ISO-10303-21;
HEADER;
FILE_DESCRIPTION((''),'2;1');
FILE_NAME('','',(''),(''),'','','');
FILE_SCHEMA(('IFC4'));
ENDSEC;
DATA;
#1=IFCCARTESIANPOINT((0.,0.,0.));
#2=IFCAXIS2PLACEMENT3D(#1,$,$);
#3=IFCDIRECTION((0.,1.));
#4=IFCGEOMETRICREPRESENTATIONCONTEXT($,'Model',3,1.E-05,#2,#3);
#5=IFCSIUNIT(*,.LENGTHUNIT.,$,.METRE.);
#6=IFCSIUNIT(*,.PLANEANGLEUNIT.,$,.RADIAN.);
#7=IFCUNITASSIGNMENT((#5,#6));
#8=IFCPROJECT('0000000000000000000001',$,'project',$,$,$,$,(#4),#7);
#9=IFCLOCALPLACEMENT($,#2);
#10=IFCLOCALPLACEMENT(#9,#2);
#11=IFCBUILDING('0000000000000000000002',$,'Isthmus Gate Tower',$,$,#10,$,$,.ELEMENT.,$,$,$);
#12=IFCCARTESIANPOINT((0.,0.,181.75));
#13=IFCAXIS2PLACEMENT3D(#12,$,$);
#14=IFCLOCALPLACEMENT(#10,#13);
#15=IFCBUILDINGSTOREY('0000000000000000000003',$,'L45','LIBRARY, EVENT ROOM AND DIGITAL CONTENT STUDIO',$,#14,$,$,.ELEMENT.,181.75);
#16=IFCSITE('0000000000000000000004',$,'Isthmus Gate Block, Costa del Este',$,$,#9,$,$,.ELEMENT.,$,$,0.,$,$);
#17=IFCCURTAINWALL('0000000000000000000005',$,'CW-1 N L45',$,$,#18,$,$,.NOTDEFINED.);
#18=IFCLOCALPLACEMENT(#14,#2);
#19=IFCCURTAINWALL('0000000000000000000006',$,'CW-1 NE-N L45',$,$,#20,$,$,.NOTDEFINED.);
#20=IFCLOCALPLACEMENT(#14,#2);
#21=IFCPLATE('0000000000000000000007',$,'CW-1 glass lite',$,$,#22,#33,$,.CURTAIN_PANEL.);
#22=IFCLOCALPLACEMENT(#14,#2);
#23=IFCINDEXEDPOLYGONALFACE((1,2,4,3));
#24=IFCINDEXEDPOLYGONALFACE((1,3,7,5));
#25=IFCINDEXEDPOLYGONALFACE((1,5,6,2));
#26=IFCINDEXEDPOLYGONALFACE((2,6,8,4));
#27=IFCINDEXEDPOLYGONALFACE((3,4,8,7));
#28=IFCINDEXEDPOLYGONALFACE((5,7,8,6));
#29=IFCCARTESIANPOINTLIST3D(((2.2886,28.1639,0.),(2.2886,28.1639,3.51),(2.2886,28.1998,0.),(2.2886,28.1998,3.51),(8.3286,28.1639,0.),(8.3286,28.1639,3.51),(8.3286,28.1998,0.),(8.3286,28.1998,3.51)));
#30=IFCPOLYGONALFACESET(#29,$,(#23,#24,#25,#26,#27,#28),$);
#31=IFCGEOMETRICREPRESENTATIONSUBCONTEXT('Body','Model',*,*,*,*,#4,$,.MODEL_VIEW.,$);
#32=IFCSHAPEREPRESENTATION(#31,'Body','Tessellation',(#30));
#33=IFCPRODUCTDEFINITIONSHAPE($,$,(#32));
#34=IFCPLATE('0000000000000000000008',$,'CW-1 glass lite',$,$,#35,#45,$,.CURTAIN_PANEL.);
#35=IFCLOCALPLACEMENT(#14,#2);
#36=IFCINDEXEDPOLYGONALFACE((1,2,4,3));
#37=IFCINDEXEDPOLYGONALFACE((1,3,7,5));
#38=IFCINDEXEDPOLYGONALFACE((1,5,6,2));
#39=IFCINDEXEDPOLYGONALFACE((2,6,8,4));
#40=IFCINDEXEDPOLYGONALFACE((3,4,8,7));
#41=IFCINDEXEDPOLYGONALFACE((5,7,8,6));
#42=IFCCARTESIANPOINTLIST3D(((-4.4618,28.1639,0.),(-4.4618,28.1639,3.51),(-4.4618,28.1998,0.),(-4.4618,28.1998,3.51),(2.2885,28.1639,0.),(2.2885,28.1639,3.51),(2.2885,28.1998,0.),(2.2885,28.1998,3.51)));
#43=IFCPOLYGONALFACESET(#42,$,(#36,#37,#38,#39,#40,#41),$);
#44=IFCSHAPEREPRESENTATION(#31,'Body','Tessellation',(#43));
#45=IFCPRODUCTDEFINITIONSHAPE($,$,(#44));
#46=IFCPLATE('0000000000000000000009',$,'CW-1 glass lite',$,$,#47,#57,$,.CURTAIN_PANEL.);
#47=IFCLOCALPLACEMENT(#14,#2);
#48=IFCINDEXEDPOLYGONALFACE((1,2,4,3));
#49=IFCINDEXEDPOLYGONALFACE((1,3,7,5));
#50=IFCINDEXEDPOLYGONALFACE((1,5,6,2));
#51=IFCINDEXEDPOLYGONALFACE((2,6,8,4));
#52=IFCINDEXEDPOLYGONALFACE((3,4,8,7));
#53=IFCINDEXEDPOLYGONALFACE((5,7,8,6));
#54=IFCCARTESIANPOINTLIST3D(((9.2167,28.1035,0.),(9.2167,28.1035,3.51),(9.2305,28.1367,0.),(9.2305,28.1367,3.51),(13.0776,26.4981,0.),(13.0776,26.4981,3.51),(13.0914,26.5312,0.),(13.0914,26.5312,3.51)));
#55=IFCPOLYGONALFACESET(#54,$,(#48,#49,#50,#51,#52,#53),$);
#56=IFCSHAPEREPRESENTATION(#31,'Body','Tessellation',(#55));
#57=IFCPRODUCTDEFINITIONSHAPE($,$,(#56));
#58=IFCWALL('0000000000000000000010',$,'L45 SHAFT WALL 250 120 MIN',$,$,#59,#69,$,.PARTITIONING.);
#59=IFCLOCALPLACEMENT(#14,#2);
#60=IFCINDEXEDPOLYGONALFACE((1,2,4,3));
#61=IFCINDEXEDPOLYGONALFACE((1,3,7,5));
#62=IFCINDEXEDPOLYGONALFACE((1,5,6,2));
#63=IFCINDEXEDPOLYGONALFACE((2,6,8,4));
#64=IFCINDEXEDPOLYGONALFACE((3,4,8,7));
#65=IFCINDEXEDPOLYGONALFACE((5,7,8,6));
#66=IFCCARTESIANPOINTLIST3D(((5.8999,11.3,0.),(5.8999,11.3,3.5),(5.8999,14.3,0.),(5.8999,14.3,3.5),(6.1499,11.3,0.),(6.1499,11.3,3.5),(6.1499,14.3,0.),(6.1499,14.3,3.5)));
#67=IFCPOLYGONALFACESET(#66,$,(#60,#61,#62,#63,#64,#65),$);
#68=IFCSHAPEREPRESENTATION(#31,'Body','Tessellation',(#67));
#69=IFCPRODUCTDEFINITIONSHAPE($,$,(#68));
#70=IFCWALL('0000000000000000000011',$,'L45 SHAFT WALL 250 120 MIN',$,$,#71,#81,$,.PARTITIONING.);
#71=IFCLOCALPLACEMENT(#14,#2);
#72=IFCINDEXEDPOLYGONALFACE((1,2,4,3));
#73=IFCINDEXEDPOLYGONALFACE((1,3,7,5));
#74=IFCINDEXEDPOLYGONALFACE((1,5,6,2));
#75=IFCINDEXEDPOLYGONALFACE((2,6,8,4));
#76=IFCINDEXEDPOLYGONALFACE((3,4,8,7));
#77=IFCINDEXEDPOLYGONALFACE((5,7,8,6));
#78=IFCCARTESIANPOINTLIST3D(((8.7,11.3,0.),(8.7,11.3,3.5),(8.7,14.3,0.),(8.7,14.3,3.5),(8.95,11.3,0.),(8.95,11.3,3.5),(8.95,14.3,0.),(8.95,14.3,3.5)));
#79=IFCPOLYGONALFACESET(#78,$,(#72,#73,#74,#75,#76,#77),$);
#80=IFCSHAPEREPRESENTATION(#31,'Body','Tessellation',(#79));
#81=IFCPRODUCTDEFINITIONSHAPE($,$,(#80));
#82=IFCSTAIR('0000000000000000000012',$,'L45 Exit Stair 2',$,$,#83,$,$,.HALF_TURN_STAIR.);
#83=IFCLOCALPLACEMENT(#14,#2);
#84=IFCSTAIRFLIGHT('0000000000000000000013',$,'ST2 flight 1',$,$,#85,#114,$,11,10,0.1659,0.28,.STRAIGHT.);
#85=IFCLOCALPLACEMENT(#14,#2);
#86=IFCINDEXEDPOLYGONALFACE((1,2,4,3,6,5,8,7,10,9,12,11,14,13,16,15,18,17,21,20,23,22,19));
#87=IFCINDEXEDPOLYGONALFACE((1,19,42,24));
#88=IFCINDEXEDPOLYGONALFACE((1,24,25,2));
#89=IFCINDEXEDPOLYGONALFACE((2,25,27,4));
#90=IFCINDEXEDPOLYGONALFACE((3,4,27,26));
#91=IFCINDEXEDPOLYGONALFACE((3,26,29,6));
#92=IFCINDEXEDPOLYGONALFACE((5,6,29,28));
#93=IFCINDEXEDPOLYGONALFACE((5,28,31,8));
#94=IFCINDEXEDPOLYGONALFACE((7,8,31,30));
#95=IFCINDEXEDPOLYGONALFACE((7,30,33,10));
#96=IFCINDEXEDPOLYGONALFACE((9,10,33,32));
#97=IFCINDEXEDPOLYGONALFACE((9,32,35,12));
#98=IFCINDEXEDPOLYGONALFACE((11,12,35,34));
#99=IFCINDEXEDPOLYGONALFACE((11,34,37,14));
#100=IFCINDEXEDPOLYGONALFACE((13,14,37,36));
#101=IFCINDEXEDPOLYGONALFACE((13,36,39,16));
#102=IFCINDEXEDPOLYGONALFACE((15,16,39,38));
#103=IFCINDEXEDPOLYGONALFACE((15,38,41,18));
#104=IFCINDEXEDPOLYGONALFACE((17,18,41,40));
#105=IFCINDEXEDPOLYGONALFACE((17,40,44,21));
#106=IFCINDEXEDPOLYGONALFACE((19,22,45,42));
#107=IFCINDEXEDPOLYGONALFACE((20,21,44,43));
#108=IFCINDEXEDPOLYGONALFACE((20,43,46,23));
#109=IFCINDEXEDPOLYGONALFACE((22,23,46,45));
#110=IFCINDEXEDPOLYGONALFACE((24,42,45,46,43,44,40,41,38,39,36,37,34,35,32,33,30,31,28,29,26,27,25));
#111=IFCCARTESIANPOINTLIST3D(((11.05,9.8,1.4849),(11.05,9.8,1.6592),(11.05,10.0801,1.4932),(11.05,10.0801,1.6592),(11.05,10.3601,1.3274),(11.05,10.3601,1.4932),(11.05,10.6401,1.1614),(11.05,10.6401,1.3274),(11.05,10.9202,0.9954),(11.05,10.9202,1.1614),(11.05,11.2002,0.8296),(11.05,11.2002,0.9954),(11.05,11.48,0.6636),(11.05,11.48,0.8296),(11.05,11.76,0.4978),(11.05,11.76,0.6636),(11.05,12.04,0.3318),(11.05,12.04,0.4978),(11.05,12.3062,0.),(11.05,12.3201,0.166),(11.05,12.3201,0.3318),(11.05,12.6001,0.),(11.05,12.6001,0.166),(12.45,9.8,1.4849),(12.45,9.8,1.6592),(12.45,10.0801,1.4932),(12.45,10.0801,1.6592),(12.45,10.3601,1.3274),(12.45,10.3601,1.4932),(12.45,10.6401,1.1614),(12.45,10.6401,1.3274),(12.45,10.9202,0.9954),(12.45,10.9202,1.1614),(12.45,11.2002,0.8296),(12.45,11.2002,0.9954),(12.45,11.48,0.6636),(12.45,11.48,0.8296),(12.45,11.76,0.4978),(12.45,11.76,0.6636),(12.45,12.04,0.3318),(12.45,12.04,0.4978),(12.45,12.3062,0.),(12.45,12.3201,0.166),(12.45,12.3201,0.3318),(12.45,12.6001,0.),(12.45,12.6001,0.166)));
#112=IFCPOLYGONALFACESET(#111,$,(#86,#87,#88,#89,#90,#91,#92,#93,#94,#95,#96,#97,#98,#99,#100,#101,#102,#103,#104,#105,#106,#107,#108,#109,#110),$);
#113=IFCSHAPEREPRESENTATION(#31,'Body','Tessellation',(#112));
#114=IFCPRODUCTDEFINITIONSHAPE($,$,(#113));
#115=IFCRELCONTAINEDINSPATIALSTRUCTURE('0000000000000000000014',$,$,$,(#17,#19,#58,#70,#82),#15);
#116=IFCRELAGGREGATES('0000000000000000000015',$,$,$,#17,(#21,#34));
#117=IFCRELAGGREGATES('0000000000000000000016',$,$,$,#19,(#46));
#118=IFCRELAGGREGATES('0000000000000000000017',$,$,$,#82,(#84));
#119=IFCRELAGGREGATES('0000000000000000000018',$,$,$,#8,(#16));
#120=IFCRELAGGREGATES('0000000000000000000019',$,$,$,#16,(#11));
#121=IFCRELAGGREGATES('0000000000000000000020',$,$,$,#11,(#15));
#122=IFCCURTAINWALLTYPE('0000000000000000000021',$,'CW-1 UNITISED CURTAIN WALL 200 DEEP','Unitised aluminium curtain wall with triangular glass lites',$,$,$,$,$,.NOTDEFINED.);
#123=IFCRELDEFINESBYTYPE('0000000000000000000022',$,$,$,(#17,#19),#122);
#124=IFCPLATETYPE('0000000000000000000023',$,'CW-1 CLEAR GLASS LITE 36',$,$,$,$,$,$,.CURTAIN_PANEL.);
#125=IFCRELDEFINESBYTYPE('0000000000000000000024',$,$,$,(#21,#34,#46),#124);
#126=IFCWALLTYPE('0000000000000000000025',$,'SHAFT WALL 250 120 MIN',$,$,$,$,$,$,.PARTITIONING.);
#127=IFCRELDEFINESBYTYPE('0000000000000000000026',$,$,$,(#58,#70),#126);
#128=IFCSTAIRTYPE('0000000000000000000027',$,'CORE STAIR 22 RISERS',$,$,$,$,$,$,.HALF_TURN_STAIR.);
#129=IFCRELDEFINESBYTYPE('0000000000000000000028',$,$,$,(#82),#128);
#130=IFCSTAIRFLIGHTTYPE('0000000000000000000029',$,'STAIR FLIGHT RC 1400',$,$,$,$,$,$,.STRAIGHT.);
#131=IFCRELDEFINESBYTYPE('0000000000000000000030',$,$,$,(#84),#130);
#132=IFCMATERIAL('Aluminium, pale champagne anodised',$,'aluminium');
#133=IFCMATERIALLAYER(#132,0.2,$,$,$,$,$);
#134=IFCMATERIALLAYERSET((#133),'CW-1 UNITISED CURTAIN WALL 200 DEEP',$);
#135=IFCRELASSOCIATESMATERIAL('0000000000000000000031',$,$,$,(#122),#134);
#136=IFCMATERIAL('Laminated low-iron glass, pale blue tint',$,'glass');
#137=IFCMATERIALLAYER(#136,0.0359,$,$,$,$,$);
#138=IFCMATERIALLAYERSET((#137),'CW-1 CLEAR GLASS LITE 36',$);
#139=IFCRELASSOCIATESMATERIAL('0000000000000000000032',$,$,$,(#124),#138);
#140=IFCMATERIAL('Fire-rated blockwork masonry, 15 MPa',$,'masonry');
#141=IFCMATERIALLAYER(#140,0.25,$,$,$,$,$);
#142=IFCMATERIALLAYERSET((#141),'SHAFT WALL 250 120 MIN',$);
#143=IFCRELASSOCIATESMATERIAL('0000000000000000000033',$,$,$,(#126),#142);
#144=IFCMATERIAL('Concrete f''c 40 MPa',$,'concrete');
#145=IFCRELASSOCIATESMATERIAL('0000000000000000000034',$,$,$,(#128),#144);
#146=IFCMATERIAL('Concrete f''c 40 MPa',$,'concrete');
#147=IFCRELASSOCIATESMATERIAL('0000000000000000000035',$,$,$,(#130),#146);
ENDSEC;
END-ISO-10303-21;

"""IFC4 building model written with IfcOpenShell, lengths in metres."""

from ifc_helpers import new_model, si_unit, direction, frame, frame_2d, origin, origin_2d, place, context, subcontext, project, spatial, polyline, rectangle, outline, extrude, material, layer, layer_set, type_object, element, aggregate, save


model = new_model("IFC4")

# Units and contexts
model_context = context("Model", 3, precision=1e-05, world=origin(), true_north=direction((0.0, 1.0)))
body_context = subcontext(model_context, "Body", "Model", "MODEL_VIEW")
ifc_project = project(units=[si_unit("LENGTHUNIT", "METRE"), si_unit("PLANEANGLEUNIT", "RADIAN")], contexts=[model_context])

# Site, building, storey
site_placement = place(None, origin())
site = spatial("IfcSite", under=ifc_project, at=site_placement, Name="Isthmus Gate Block, Costa del Este", CompositionType="ELEMENT", RefElevation=0.0)
building_placement = place(site_placement, origin())
building = spatial("IfcBuilding", under=site, at=building_placement, Name="Isthmus Gate Tower", CompositionType="ELEMENT")
storey_placement = place(building_placement, frame((0.0, 0.0, 181.75)))
storey = spatial("IfcBuildingStorey", under=building, at=storey_placement, Name="L45", Description="LIBRARY, EVENT ROOM AND DIGITAL CONTENT STUDIO", CompositionType="ELEMENT", Elevation=181.75)

# Curtain walls
ifc_material_1 = material(Name="Aluminium, pale champagne anodised", Category="aluminium")
ifc_layer_1 = layer(ifc_material_1, 0.2)
ifc_layer_set_1 = layer_set([ifc_layer_1], Name="CW-1 UNITISED CURTAIN WALL 200 DEEP")
curtain_wall_type = type_object("IfcCurtainWallType", Name="CW-1 UNITISED CURTAIN WALL 200 DEEP", Description="Unitised aluminium curtain wall with triangular glass lites", PredefinedType="NOTDEFINED", material=ifc_layer_set_1)
curtain_wall_1_placement = place(storey_placement, origin())
curtain_wall_1 = element("IfcCurtainWall", 1, at=curtain_wall_1_placement, inside=storey, type_object=curtain_wall_type, Name="CW-1 N L45", PredefinedType="NOTDEFINED")
curtain_wall_2_placement = place(storey_placement, origin())
curtain_wall_2 = element("IfcCurtainWall", 2, at=curtain_wall_2_placement, inside=storey, type_object=curtain_wall_type, Name="CW-1 NE-N L45", PredefinedType="NOTDEFINED")

# Plates
ifc_material_2 = material(Name="Laminated low-iron glass, pale blue tint", Category="glass")
ifc_layer_2 = layer(ifc_material_2, 0.0359)
ifc_layer_set_2 = layer_set([ifc_layer_2], Name="CW-1 CLEAR GLASS LITE 36")
plate_type = type_object("IfcPlateType", Name="CW-1 CLEAR GLASS LITE 36", PredefinedType="CURTAIN_PANEL", material=ifc_layer_set_2)
plate_1_placement = place(storey_placement, frame((5.3086, 28.1819, 0.0), z_axis=(0.0, 0.0, 1.0), x_axis=(-1.0, 0.0, 0.0)))
plate_1 = element("IfcPlate", 3, at=plate_1_placement, type_object=plate_type, Name="CW-1 glass lite", PredefinedType="CURTAIN_PANEL", context=body_context, shape_type="SweptSolid", body=[
    extrude(rectangle(XDim=6.04, YDim=0.0359, at=origin_2d()), origin(), (0.0, 0.0, 1.0), 3.51),
])
plate_2_placement = place(storey_placement, frame((-1.0867, 28.1819, 0.0), z_axis=(0.0, 0.0, 1.0), x_axis=(-1.0, 0.0, 0.0)))
plate_2 = element("IfcPlate", 4, at=plate_2_placement, type_object=plate_type, Name="CW-1 glass lite", PredefinedType="CURTAIN_PANEL", context=body_context, shape_type="SweptSolid", body=[
    extrude(rectangle(XDim=6.7502, YDim=0.0359, at=origin_2d()), origin(), (0.0, 0.0, 1.0), 3.51),
])
aggregate(curtain_wall_1, [plate_1, plate_2])
plate_3_placement = place(storey_placement, frame((11.1541, 27.3174, 0.0), z_axis=(0.0, 0.0, 1.0), x_axis=(-0.923353, 0.383952, 0.0)))
plate_3 = element("IfcPlate", 5, at=plate_3_placement, type_object=plate_type, Name="CW-1 glass lite", PredefinedType="CURTAIN_PANEL", context=body_context, shape_type="SweptSolid", body=[
    extrude(rectangle(XDim=4.1814, YDim=0.0359, at=origin_2d()), origin(), (0.0, 0.0, 1.0), 3.51),
])
aggregate(curtain_wall_2, [plate_3])

# Walls
ifc_material_3 = material(Name="Fire-rated blockwork masonry, 15 MPa", Category="masonry")
ifc_layer_3 = layer(ifc_material_3, 0.25)
ifc_layer_set_3 = layer_set([ifc_layer_3], Name="SHAFT WALL 250 120 MIN")
wall_type = type_object("IfcWallType", Name="SHAFT WALL 250 120 MIN", PredefinedType="PARTITIONING", material=ifc_layer_set_3)
for number, where, z_axis, x_axis, name in (
    (6, (6.0249, 11.3, 0.0), (0.0, 0.0, 1.0), (0.0, 1.0, 0.0), "L45 SHAFT WALL 250 120 MIN"),
    (7, (8.825, 11.3, 0.0), (0.0, 0.0, 1.0), (0.0, 1.0, 0.0), "L45 SHAFT WALL 250 120 MIN"),
):
    element("IfcWall", number, at=place(storey_placement, frame(where, z_axis=z_axis, x_axis=x_axis)), inside=storey, type_object=wall_type, Name=name, PredefinedType="PARTITIONING", context=body_context, shape_type="SweptSolid", body=[
        extrude(rectangle(XDim=3.0, YDim=0.25, at=frame_2d((1.5, 0.0))), origin(), (0.0, 0.0, 1.0), 3.5),
    ])

# Stair, stair flight
ifc_material_4 = material(Name="Concrete f'c 40 MPa", Category="concrete")
stair_type = type_object("IfcStairType", Name="CORE STAIR 22 RISERS", PredefinedType="HALF_TURN_STAIR", material=ifc_material_4)
stair_placement = place(storey_placement, origin())
stair = element("IfcStair", 8, at=stair_placement, inside=storey, type_object=stair_type, Name="L45 Exit Stair 2", PredefinedType="HALF_TURN_STAIR")
ifc_material_5 = material(Name="Concrete f'c 40 MPa", Category="concrete")
stair_flight_type = type_object("IfcStairFlightType", Name="STAIR FLIGHT RC 1400", PredefinedType="STRAIGHT", material=ifc_material_5)
stair_flight_placement = place(storey_placement, frame((11.75, 12.6001, 0.0), z_axis=(0.0, 0.0, 1.0), x_axis=(0.0, -1.0, 0.0)))
stair_flight = element("IfcStairFlight", 9, at=stair_flight_placement, type_object=stair_flight_type, Name="ST2 flight 1", NumberOfRisers=11, NumberOfTreads=10, PredefinedType="STRAIGHT", RiserHeight=0.1659, TreadLength=0.28, context=body_context, shape_type="SweptSolid", body=[
    extrude(outline(polyline([(0.0, 0.0), (0.0, 0.166), (0.28, 0.166), (0.28, 0.3318), (0.5601, 0.3318), (0.5601, 0.4978), (0.8401, 0.4978), (0.8401, 0.6636), (1.1201, 0.6636), (1.1201, 0.8296), (1.3999, 0.8296), (1.3999, 0.9954), (1.6799, 0.9954), (1.6799, 1.1614), (1.96, 1.1614), (1.96, 1.3274), (2.24, 1.3274), (2.24, 1.4932), (2.52, 1.4932), (2.52, 1.6592), (2.8, 1.6592), (2.8, 1.825), (2.8, 1.4849), (0.2939, 0.0), (0.0, 0.0)])), frame((0.0, 0.7, 0.0), z_axis=(0.0, -1.0, 0.0), x_axis=(1.0, 0.0, 0.0)), (0.0, 0.0, 1.0), 1.3999),
])
aggregate(stair, [stair_flight])

save(model, "model.ifc")
